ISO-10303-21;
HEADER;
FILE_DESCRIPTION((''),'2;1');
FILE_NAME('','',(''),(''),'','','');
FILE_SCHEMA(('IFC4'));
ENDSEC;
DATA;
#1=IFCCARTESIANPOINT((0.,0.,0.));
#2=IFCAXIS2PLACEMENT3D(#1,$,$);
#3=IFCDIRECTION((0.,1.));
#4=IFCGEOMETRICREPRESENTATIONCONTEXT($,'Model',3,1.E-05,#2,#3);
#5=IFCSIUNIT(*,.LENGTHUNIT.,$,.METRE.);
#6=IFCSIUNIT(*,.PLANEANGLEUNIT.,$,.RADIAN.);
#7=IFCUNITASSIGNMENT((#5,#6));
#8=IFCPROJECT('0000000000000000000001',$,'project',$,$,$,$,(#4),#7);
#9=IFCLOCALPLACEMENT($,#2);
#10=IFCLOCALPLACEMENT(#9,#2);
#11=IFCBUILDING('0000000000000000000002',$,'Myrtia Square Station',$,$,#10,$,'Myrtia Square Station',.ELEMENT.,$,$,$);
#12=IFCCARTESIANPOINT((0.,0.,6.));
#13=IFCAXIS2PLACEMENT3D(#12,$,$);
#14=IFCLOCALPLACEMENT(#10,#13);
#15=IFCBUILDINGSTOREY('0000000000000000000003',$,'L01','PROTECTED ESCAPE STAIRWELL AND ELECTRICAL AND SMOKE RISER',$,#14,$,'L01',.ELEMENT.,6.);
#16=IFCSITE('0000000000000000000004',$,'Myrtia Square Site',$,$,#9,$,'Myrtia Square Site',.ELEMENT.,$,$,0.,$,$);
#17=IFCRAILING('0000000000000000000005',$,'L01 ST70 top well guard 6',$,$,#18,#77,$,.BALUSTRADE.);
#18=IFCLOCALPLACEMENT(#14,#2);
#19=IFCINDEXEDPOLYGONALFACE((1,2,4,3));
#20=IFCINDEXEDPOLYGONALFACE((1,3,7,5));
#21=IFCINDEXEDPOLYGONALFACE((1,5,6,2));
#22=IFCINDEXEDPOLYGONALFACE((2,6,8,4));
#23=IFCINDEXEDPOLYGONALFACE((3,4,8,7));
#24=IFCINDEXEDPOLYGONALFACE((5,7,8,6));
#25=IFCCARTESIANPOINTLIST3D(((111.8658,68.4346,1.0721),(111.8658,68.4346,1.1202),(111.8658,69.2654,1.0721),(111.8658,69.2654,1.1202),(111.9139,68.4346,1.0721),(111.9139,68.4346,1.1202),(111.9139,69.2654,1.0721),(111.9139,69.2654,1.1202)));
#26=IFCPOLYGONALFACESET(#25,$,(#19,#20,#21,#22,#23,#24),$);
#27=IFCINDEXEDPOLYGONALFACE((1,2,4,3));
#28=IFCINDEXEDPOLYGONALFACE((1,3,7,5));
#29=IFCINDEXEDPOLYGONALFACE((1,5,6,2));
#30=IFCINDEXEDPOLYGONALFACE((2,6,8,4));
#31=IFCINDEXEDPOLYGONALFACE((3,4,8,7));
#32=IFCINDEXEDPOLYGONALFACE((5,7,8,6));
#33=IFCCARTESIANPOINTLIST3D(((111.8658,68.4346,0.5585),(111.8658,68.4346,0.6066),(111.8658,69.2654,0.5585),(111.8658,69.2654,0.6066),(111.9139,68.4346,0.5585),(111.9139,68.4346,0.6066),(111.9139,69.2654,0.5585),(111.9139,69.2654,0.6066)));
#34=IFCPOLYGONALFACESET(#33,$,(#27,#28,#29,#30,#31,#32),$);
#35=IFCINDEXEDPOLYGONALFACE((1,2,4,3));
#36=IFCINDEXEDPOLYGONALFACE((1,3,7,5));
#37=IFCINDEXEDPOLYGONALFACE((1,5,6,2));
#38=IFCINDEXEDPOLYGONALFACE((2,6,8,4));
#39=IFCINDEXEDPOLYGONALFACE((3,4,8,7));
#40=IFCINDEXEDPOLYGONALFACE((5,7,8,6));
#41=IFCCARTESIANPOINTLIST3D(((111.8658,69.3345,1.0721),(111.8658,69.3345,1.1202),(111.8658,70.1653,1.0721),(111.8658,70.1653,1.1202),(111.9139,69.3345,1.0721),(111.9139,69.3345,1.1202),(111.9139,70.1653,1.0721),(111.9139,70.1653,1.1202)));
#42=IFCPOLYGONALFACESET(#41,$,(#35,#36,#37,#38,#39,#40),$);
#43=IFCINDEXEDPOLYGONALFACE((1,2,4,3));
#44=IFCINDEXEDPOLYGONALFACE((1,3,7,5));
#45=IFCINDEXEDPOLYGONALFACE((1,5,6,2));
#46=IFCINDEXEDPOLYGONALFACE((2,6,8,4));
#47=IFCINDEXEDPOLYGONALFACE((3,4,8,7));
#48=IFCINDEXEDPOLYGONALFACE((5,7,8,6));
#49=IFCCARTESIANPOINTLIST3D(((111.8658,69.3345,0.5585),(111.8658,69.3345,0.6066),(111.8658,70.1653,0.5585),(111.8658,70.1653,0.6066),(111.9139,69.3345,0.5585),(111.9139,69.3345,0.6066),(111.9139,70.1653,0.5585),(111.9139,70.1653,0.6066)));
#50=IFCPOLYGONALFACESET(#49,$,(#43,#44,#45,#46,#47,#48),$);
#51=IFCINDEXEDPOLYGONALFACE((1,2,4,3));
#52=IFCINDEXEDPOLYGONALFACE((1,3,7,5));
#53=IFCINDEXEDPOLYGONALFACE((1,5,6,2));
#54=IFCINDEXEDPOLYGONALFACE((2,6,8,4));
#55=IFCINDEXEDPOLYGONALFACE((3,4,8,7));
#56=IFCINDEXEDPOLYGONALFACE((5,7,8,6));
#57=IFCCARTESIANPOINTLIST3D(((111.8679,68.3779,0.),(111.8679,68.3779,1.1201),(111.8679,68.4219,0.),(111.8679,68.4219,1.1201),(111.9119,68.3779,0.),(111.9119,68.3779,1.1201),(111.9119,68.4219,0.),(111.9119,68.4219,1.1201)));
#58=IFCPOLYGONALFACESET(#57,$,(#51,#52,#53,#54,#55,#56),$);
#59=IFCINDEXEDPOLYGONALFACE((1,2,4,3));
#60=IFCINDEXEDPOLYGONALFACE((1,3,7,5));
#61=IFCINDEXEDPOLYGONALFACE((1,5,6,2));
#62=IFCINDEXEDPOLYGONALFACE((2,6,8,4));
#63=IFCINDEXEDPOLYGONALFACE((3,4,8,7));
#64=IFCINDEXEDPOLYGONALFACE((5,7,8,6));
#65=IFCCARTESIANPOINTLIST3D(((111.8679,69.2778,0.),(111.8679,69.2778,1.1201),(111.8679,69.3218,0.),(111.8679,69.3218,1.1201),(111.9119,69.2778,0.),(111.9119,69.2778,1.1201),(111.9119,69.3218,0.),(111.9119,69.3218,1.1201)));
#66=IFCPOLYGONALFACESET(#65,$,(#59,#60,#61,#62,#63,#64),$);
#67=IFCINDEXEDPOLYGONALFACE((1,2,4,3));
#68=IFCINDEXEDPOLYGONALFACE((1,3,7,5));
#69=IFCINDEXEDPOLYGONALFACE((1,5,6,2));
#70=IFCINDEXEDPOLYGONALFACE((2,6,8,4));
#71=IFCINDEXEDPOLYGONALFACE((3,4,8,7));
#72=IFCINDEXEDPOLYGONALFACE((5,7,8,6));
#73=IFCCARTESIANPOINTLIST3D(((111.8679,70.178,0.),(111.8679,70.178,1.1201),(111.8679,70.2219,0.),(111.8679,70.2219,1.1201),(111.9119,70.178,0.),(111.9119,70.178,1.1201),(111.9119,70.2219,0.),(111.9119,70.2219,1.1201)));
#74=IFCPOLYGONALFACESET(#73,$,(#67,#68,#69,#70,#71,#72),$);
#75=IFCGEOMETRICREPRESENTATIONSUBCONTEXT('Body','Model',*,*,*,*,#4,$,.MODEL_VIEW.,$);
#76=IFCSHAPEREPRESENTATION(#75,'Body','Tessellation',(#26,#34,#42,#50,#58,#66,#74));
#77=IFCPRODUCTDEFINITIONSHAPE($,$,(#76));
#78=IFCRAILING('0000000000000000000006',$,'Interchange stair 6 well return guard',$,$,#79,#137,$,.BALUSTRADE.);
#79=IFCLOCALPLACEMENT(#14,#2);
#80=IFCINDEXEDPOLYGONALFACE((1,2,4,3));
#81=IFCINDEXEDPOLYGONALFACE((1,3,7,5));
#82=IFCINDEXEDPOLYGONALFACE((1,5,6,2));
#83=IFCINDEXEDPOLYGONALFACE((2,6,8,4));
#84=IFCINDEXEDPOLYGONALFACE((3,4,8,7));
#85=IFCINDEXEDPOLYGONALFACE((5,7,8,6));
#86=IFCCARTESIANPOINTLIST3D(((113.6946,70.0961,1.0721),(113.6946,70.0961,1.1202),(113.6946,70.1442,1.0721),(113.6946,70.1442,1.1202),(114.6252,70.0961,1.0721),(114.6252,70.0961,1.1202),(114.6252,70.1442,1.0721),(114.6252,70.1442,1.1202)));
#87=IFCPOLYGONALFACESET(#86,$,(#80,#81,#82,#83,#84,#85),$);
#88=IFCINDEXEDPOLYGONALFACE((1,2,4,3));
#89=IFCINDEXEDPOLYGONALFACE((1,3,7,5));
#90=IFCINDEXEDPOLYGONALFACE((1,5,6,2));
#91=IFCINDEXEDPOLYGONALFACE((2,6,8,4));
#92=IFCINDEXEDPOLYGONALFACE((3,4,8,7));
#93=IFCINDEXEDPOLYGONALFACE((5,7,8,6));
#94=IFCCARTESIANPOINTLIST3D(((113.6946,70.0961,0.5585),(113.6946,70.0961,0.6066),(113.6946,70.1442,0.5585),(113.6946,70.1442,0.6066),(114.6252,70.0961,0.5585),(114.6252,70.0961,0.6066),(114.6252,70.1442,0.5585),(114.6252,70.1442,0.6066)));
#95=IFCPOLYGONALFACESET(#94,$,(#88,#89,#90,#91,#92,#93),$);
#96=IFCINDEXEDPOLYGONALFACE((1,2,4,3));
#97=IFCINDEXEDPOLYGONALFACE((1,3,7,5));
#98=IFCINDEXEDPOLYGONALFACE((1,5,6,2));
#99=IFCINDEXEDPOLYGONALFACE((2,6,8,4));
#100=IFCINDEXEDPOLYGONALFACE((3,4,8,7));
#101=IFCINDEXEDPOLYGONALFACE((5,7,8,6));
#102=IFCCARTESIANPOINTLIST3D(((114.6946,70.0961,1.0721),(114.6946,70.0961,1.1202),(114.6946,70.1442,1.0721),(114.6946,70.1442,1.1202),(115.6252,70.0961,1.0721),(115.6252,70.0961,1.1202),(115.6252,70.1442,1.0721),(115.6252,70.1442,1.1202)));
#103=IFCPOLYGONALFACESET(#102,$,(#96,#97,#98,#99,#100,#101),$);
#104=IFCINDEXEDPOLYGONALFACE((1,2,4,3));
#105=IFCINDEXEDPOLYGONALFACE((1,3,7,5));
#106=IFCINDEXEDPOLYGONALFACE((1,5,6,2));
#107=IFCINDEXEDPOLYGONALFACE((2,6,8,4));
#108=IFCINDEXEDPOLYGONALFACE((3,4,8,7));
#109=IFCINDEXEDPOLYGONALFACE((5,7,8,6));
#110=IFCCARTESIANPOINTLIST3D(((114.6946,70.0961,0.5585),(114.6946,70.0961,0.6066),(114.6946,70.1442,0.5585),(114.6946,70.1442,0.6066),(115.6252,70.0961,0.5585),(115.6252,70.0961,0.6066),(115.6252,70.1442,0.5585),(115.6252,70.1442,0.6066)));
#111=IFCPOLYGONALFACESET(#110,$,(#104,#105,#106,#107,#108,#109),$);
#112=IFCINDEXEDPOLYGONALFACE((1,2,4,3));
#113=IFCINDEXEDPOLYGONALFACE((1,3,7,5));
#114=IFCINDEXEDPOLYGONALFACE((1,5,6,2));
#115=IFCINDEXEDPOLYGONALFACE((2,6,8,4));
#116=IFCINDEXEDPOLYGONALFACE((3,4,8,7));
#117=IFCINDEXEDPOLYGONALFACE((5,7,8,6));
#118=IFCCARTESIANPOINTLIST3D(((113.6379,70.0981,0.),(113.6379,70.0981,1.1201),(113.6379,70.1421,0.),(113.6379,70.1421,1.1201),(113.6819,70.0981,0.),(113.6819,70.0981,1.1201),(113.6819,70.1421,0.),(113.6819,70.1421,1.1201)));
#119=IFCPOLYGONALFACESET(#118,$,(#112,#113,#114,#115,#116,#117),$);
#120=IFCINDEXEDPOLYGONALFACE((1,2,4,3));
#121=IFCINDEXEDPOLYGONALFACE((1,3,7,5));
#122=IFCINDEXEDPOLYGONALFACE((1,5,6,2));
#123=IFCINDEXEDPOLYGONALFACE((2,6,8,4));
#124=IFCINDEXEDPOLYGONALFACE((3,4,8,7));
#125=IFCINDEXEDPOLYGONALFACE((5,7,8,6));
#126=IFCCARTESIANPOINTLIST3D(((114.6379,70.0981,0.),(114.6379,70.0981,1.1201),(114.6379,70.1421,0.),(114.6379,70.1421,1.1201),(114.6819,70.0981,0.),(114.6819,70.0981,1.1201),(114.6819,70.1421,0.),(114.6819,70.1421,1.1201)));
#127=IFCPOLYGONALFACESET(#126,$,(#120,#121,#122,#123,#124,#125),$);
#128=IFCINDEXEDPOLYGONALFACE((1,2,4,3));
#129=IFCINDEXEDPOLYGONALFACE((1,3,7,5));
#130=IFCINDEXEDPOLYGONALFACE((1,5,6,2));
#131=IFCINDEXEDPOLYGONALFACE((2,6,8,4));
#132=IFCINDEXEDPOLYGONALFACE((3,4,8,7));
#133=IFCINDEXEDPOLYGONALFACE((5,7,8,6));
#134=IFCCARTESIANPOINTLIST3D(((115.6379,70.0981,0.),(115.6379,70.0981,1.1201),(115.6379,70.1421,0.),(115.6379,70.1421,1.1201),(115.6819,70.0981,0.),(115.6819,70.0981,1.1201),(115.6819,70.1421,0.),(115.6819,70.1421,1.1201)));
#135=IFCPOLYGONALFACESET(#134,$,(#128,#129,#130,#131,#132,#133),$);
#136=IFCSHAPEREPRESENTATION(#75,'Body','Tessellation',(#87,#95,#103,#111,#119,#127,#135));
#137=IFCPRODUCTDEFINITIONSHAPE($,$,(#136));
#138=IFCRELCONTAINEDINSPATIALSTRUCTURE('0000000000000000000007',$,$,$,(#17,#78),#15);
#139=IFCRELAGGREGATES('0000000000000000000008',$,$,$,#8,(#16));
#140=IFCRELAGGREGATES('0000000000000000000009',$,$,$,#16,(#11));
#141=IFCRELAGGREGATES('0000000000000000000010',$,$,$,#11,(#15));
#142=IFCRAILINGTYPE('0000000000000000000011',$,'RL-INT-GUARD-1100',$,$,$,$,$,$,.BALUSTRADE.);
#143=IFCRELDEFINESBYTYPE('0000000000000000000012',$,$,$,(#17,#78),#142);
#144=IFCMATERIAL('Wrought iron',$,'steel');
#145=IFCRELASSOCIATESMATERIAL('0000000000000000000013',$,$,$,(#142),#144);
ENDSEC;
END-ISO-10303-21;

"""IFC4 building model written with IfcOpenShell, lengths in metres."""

from ifc_helpers import new_model, si_unit, direction, frame, origin, origin_2d, place, context, subcontext, project, spatial, rectangle, extrude, material, type_object, element, save


model = new_model("IFC4")

# Units and contexts
model_context = context("Model", 3, precision=1e-05, world=origin(), true_north=direction((0.0, 1.0)))
body_context = subcontext(model_context, "Body", "Model", "MODEL_VIEW")
ifc_project = project(units=[si_unit("LENGTHUNIT", "METRE"), si_unit("PLANEANGLEUNIT", "RADIAN")], contexts=[model_context])

# Site, building, storey
site_placement = place(None, origin())
site = spatial("IfcSite", under=ifc_project, at=site_placement, Name="Myrtia Square Site", LongName="Myrtia Square Site", CompositionType="ELEMENT", RefElevation=0.0)
building_placement = place(site_placement, origin())
building = spatial("IfcBuilding", under=site, at=building_placement, Name="Myrtia Square Station", LongName="Myrtia Square Station", CompositionType="ELEMENT")
storey_placement = place(building_placement, frame((0.0, 0.0, 6.0)))
storey = spatial("IfcBuildingStorey", under=building, at=storey_placement, Name="L01", Description="PROTECTED ESCAPE STAIRWELL AND ELECTRICAL AND SMOKE RISER", LongName="L01", CompositionType="ELEMENT", Elevation=6.0)

# Railings
ifc_material_1 = material(Name="Wrought iron", Category="steel")
railing_type = type_object("IfcRailingType", Name="RL-INT-GUARD-1100", PredefinedType="BALUSTRADE", material=ifc_material_1)
for number, where, name in (
    (1, (111.8899, 68.3999, 0.0), "L01 ST70 top well guard 6"),
):
    element("IfcRailing", number, at=place(storey_placement, frame(where)), inside=storey, type_object=railing_type, Name=name, PredefinedType="BALUSTRADE", context=body_context, shape_type="SweptSolid", body=[
        extrude(rectangle(XDim=0.0481, YDim=0.0481, at=origin_2d()), frame((0.0, 0.0347, 1.0962), z_axis=(0.0, 1.0, 0.0), x_axis=(-1.0, 0.0, 0.0)), (0.0, 0.0, 1.0), 0.8308),
        extrude(rectangle(XDim=0.0481, YDim=0.0481, at=origin_2d()), frame((0.0, 0.0347, 0.5825), z_axis=(0.0, 1.0, 0.0), x_axis=(-1.0, 0.0, 0.0)), (0.0, 0.0, 1.0), 0.8308),
        extrude(rectangle(XDim=0.0481, YDim=0.0481, at=origin_2d()), frame((0.0, 0.9346, 1.0962), z_axis=(0.0, 1.0, 0.0), x_axis=(-1.0, 0.0, 0.0)), (0.0, 0.0, 1.0), 0.8308),
        extrude(rectangle(XDim=0.0481, YDim=0.0481, at=origin_2d()), frame((0.0, 0.9346, 0.5825), z_axis=(0.0, 1.0, 0.0), x_axis=(-1.0, 0.0, 0.0)), (0.0, 0.0, 1.0), 0.8308),
        extrude(rectangle(XDim=0.0439, YDim=0.0439, at=origin_2d()), origin(), (0.0, 0.0, 1.0), 1.1201),
        extrude(rectangle(XDim=0.0439, YDim=0.0439, at=origin_2d()), frame((0.0, 0.8999, 0.0)), (0.0, 0.0, 1.0), 1.1201),
        extrude(rectangle(XDim=0.0439, YDim=0.0439, at=origin_2d()), frame((0.0, 1.8, 0.0)), (0.0, 0.0, 1.0), 1.1201),
    ])
railing_1_placement = place(storey_placement, frame((113.6599, 70.1201, 0.0)))
element("IfcRailing", 2, at=railing_1_placement, inside=storey, type_object=railing_type, Name="Interchange stair 6 well return guard", PredefinedType="BALUSTRADE", context=body_context, shape_type="SweptSolid", body=[
    extrude(rectangle(XDim=0.0481, YDim=0.0481, at=origin_2d()), frame((0.0347, 0.0, 1.0962), z_axis=(1.0, 0.0, 0.0), x_axis=(0.0, 1.0, 0.0)), (0.0, 0.0, 1.0), 0.9307),
    extrude(rectangle(XDim=0.0481, YDim=0.0481, at=origin_2d()), frame((0.0347, 0.0, 0.5825), z_axis=(1.0, 0.0, 0.0), x_axis=(0.0, 1.0, 0.0)), (0.0, 0.0, 1.0), 0.9307),
    extrude(rectangle(XDim=0.0481, YDim=0.0481, at=origin_2d()), frame((1.0347, 0.0, 1.0962), z_axis=(1.0, 0.0, 0.0), x_axis=(0.0, 1.0, 0.0)), (0.0, 0.0, 1.0), 0.9307),
    extrude(rectangle(XDim=0.0481, YDim=0.0481, at=origin_2d()), frame((1.0347, 0.0, 0.5825), z_axis=(1.0, 0.0, 0.0), x_axis=(0.0, 1.0, 0.0)), (0.0, 0.0, 1.0), 0.9307),
    extrude(rectangle(XDim=0.0439, YDim=0.0439, at=origin_2d()), origin(), (0.0, 0.0, 1.0), 1.1201),
    extrude(rectangle(XDim=0.0439, YDim=0.0439, at=origin_2d()), frame((1.0, 0.0, 0.0)), (0.0, 0.0, 1.0), 1.1201),
    extrude(rectangle(XDim=0.0439, YDim=0.0439, at=origin_2d()), frame((2.0, 0.0, 0.0)), (0.0, 0.0, 1.0), 1.1201),
])

save(model, "model.ifc")
